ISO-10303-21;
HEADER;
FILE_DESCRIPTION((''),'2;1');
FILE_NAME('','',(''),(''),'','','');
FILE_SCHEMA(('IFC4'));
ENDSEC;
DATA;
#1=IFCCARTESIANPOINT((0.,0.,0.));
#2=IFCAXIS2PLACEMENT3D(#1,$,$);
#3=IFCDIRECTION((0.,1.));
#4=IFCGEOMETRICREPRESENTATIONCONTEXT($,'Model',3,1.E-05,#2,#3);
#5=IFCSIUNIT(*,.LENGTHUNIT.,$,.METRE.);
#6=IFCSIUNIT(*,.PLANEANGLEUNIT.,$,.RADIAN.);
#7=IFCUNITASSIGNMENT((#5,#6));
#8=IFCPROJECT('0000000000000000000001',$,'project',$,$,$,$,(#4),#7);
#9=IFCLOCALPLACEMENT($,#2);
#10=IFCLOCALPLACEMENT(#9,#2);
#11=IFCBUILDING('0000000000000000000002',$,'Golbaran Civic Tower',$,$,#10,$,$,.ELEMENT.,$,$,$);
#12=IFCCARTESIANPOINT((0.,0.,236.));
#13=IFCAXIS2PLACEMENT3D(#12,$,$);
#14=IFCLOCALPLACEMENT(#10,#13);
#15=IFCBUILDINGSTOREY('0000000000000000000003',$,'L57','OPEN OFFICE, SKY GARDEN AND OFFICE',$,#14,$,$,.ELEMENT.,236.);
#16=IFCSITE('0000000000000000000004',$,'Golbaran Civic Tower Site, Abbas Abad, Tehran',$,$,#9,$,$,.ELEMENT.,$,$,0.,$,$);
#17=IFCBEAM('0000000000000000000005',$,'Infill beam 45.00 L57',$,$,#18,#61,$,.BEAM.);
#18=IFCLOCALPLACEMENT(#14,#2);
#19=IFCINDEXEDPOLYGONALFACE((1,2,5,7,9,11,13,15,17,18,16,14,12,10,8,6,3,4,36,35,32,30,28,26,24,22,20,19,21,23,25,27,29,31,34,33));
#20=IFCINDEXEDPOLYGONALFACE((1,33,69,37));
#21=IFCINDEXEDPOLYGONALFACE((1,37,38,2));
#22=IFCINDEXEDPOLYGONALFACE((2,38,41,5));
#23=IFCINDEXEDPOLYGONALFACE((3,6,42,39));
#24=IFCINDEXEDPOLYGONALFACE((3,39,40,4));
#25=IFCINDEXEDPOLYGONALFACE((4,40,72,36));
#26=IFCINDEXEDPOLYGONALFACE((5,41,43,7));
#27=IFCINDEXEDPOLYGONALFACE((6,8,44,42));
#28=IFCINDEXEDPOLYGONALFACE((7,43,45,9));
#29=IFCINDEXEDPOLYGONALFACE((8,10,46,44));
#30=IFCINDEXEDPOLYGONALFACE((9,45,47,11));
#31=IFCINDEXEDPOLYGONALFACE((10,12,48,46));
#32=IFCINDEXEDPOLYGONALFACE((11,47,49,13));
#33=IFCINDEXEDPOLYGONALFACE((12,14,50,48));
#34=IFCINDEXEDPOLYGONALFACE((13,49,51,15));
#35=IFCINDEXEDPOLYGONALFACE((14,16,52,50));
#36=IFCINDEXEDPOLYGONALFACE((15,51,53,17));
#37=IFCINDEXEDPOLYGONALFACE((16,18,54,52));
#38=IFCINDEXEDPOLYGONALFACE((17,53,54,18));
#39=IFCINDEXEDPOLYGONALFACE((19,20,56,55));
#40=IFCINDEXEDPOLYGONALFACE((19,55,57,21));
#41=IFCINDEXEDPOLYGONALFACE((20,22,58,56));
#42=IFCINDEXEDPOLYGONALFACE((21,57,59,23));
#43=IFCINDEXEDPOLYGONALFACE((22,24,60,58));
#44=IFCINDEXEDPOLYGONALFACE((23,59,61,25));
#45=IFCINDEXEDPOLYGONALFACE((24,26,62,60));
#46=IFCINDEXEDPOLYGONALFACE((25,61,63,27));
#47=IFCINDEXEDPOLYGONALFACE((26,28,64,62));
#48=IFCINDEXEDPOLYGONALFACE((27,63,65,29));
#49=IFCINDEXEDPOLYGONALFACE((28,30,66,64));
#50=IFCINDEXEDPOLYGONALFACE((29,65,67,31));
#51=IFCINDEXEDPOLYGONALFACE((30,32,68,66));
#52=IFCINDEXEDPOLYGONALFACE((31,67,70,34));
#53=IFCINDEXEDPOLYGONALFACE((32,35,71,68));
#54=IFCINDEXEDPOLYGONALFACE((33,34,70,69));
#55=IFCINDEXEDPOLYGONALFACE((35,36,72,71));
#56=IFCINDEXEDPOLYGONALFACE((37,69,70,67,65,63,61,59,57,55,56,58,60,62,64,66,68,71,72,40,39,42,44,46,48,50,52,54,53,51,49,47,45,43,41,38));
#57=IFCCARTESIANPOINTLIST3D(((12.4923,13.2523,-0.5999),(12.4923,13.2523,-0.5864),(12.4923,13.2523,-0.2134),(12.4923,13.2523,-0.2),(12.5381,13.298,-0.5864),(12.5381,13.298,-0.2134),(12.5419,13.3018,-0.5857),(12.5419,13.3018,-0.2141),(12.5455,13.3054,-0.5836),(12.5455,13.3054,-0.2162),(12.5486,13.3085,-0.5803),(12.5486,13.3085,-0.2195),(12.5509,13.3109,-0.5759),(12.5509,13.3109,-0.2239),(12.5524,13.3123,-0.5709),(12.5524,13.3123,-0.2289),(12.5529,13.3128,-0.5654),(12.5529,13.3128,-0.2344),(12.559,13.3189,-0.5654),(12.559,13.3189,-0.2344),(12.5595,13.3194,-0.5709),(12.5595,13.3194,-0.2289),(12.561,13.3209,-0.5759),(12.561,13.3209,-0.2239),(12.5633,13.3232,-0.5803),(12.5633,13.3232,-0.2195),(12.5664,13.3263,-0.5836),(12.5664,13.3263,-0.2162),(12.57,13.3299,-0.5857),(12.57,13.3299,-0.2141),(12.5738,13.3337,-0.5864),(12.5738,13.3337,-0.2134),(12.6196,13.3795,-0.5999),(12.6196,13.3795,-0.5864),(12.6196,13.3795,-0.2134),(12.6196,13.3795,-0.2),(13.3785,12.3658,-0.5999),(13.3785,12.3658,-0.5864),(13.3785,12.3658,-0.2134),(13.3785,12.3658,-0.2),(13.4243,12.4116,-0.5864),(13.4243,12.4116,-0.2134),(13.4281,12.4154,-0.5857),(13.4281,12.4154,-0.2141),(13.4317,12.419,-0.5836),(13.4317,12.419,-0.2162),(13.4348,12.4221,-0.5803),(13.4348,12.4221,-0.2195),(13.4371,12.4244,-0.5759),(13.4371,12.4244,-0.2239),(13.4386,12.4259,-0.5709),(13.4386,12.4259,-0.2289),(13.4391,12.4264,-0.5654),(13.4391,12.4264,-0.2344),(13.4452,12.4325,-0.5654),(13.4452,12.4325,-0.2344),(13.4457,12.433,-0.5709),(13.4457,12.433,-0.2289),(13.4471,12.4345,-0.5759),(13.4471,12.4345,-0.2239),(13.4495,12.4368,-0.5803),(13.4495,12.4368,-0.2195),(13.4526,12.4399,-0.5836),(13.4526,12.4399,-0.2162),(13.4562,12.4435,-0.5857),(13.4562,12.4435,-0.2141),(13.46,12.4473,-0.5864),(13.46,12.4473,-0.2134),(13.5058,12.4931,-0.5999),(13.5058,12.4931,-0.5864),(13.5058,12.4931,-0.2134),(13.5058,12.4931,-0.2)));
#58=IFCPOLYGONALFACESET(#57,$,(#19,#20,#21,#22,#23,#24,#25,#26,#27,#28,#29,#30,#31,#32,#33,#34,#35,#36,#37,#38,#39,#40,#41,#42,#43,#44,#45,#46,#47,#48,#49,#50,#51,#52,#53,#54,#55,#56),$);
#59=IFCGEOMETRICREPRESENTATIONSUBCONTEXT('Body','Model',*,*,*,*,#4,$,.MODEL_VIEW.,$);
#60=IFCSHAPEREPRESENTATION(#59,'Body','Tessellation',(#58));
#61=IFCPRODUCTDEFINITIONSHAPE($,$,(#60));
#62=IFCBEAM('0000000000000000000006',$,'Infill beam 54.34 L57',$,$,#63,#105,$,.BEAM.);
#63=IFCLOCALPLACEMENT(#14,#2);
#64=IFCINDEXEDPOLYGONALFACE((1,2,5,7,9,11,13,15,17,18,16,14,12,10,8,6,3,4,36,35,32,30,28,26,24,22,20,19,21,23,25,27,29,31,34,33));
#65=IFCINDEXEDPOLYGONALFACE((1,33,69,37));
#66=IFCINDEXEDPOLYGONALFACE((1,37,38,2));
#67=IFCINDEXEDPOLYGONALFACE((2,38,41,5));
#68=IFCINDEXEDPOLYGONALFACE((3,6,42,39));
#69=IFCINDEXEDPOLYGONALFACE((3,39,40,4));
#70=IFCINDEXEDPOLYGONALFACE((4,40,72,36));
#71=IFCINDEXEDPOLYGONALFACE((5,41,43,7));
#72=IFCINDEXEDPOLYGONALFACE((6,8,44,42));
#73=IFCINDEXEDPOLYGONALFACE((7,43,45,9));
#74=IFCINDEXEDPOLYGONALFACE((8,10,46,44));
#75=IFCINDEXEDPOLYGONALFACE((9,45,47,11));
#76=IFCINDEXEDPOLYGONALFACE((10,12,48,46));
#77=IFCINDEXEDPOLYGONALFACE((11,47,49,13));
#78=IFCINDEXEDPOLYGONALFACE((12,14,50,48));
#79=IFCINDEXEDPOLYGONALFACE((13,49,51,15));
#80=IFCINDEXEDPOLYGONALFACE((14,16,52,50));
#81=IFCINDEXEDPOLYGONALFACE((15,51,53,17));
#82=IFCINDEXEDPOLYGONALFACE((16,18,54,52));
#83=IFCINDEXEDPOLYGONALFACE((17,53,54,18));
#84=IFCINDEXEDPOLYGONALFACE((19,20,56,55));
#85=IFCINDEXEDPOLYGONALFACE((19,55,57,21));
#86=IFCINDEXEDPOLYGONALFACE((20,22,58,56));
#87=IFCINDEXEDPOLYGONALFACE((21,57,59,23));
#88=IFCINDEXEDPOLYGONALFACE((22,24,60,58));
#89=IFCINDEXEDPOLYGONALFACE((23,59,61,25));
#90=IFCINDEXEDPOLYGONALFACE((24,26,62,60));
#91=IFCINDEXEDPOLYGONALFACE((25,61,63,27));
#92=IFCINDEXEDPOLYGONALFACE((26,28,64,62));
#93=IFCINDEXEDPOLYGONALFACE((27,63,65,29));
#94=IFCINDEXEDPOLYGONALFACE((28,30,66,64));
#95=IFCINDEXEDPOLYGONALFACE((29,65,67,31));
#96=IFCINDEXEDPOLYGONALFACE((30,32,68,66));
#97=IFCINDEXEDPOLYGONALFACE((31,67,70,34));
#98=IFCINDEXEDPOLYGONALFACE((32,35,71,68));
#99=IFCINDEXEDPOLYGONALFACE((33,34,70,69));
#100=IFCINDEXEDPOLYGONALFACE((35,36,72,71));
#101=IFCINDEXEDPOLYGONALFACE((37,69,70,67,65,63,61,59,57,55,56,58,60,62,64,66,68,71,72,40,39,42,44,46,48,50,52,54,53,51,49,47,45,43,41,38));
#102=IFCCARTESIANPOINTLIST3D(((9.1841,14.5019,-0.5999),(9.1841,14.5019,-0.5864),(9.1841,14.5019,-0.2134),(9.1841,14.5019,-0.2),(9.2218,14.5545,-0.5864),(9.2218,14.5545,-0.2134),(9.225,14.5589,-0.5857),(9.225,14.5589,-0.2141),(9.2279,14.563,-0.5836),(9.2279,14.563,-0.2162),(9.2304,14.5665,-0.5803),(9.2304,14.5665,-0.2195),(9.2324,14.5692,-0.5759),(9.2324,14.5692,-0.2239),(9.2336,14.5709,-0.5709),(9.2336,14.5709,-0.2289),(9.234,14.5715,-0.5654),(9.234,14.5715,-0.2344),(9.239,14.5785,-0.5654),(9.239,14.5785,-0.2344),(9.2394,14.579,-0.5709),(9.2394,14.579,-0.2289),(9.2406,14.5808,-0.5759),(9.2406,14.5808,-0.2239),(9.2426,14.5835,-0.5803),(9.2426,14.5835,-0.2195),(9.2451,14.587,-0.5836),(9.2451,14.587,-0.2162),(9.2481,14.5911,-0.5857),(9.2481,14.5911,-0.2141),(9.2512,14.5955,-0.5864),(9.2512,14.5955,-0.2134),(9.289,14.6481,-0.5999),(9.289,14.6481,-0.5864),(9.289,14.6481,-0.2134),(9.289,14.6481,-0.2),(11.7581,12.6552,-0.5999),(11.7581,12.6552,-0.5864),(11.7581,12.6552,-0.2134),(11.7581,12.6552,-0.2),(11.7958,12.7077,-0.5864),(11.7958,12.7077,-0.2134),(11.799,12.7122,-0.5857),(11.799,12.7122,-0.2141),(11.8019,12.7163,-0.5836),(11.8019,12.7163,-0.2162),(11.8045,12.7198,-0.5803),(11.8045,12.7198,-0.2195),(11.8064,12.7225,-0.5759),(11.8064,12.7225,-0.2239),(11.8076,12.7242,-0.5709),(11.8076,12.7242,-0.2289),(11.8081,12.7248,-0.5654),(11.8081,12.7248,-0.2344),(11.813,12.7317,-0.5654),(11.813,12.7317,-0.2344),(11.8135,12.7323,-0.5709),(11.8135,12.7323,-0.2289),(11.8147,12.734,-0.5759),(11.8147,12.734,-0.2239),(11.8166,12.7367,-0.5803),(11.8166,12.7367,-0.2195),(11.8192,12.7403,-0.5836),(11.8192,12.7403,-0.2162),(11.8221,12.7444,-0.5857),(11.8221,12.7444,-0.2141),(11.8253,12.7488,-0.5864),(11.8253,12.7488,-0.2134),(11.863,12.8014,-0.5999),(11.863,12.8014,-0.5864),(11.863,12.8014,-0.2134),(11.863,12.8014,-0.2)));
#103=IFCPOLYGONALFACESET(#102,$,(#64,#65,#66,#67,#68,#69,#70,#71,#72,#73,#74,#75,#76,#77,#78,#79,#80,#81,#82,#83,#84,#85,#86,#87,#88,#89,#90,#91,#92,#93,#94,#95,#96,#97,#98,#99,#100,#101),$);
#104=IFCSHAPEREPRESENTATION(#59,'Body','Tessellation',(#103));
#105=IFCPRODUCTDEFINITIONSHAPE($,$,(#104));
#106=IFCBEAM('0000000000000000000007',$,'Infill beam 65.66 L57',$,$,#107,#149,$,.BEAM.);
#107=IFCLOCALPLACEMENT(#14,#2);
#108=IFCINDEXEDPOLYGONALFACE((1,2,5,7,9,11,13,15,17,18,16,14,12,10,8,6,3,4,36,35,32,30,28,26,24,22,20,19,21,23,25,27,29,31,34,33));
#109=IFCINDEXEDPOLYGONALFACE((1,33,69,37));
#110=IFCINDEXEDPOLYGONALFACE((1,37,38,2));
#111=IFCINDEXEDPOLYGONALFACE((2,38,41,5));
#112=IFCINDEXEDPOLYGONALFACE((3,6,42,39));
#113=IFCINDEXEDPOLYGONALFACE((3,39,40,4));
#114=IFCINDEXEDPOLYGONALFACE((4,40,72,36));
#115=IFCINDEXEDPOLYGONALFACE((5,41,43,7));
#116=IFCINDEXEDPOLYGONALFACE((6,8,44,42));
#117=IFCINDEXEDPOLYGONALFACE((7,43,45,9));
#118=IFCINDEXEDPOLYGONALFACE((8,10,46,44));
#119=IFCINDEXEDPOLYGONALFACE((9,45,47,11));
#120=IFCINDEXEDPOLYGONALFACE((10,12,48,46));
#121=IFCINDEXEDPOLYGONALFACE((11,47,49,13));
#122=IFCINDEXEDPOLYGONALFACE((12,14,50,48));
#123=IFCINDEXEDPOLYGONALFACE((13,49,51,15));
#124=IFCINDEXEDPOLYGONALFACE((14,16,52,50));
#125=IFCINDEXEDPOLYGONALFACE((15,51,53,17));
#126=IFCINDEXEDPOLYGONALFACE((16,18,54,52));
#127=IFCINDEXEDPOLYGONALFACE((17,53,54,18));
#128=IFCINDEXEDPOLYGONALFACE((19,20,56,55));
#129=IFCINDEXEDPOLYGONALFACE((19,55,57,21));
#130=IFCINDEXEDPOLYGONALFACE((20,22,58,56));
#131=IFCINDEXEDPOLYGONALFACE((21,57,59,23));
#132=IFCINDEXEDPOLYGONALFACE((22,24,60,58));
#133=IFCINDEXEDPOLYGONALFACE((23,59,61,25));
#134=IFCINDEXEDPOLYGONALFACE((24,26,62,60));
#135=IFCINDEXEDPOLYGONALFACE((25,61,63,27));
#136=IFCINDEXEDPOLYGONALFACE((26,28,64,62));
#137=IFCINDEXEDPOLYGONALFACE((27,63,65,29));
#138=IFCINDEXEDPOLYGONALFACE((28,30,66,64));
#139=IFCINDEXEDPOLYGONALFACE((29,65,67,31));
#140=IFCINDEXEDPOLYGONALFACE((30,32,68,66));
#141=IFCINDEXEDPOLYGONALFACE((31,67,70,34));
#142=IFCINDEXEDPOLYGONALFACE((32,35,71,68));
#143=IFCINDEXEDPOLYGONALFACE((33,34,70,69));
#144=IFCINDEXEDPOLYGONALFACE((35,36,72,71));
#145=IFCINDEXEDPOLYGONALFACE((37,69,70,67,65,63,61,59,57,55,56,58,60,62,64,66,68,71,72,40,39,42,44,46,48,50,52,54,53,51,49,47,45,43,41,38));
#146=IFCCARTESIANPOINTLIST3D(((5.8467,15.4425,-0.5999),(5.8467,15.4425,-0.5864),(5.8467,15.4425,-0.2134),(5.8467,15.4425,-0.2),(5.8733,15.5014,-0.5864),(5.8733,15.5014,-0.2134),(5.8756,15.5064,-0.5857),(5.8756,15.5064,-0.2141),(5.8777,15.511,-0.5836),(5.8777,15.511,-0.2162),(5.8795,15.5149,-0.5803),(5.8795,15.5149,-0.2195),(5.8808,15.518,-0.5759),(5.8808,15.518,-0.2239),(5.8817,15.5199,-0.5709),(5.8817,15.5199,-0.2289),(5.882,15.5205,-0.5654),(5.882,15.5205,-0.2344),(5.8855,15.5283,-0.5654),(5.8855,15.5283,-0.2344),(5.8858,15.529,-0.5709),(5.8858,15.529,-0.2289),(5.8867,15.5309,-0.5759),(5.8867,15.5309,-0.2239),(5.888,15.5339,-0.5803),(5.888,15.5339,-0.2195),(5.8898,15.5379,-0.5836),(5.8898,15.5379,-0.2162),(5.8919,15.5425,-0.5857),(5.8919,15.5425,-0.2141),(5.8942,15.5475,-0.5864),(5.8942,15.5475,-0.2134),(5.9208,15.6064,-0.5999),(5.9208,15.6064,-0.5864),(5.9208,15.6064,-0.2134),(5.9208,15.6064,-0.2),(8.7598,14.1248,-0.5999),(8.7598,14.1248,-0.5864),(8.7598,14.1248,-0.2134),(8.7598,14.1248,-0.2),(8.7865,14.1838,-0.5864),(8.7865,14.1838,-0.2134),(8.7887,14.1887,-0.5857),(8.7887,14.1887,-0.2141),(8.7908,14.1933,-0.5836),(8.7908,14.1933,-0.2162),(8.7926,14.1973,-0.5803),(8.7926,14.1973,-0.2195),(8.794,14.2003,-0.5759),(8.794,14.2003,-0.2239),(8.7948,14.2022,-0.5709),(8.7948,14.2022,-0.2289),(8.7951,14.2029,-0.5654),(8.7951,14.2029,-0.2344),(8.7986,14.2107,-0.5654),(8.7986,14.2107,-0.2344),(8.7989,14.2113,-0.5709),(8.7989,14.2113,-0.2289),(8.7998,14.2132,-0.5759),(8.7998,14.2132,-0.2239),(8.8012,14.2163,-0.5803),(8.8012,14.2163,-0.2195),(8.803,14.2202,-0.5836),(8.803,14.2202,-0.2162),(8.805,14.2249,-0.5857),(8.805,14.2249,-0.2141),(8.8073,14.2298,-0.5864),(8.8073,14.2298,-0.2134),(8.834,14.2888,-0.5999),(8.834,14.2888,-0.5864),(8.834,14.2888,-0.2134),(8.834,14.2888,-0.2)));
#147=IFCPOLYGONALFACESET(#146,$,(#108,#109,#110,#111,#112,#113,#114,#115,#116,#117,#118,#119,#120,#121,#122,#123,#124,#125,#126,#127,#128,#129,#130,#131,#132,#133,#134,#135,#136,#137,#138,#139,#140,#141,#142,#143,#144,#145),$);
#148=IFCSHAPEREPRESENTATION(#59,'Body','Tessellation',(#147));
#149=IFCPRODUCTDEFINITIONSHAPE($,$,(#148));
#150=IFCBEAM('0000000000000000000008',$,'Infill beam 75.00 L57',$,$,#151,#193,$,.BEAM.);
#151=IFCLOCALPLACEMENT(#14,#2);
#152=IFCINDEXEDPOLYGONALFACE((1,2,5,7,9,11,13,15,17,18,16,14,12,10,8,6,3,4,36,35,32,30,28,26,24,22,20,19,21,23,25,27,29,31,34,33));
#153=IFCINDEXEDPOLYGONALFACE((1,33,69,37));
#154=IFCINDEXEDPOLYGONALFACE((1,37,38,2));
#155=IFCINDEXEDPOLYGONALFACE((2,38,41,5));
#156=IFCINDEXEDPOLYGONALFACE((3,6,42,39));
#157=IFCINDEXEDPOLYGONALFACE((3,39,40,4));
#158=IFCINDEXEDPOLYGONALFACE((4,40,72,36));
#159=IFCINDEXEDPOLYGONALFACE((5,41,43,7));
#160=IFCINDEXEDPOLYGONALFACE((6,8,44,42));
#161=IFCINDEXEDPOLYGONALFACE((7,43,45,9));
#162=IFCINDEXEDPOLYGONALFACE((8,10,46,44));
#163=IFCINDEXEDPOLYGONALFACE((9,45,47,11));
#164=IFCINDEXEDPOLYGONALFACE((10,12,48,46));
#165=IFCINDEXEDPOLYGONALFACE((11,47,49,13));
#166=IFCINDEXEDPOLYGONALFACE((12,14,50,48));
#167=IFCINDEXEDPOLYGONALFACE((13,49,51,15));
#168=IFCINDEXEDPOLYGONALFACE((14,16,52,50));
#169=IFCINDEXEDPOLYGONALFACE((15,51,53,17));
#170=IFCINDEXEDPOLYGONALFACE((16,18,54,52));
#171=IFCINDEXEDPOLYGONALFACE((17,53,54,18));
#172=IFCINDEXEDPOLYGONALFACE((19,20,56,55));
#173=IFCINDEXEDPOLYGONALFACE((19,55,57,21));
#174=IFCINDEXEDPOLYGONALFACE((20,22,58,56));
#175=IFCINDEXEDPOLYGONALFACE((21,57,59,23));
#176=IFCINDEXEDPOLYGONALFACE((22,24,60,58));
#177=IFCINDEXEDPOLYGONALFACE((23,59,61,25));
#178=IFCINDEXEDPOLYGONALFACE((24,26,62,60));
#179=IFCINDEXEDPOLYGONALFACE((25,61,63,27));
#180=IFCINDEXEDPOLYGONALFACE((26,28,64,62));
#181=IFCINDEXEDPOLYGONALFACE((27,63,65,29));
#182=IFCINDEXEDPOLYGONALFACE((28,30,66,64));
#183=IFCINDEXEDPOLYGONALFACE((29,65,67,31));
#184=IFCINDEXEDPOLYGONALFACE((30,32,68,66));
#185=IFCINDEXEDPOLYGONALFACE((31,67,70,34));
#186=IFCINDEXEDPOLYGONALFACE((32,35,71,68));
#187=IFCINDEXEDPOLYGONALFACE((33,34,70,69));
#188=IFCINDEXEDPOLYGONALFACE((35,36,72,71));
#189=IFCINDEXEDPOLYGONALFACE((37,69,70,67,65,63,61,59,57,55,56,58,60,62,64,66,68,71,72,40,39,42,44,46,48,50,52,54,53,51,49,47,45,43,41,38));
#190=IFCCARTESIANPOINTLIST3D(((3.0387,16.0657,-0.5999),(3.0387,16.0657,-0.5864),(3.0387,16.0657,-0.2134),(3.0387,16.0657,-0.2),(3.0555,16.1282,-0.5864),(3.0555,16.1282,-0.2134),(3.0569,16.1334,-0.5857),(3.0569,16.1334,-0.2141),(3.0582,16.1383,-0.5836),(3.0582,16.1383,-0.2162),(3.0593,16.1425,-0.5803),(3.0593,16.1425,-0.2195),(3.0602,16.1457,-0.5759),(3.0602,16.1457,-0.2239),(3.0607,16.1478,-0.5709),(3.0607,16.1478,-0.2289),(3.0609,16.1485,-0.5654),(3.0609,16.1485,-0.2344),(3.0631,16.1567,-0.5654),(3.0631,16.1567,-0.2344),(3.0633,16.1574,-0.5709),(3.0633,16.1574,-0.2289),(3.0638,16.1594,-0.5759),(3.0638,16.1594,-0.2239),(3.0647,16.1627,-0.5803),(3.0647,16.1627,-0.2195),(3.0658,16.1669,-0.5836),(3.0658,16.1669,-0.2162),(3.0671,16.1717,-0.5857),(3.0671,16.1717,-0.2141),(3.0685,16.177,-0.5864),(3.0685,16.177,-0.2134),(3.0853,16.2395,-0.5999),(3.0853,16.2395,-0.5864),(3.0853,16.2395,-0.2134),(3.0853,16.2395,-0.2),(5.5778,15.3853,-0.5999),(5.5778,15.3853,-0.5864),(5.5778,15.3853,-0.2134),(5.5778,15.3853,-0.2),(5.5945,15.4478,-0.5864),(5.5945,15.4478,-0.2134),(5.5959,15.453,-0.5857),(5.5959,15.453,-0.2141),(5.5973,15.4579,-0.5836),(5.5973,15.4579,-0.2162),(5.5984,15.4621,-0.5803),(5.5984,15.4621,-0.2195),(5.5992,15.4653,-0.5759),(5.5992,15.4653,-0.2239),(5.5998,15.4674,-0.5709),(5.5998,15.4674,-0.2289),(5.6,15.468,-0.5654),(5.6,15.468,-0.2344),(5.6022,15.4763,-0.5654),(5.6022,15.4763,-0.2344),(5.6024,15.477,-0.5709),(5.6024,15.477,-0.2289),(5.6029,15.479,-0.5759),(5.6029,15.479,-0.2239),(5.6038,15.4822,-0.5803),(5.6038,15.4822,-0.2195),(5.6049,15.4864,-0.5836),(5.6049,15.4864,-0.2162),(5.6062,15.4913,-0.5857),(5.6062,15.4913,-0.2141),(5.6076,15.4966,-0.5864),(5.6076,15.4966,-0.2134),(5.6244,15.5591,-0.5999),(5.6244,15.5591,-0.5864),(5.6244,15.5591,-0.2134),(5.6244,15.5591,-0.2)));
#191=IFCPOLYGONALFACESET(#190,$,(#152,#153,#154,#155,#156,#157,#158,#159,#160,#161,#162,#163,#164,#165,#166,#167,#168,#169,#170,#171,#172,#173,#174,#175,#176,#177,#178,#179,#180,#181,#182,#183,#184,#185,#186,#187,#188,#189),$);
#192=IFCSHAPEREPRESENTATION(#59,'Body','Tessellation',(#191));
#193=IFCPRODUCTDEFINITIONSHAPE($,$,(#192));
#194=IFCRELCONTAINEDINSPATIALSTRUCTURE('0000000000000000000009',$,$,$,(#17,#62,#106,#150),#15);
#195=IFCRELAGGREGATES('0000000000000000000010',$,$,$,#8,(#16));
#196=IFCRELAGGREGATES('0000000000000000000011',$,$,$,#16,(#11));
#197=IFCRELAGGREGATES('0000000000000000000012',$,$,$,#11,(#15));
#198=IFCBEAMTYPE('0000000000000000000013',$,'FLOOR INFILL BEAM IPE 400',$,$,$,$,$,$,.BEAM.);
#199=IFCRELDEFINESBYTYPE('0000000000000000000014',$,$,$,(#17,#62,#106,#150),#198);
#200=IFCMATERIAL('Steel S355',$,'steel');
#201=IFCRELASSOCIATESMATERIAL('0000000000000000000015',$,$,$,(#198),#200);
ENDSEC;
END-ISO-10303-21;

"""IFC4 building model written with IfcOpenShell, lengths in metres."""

from ifc_helpers import new_model, si_unit, direction, frame, origin, origin_2d, place, context, subcontext, project, spatial, i_section, extrude, material, material_profile, profile_set, type_object, element, save


model = new_model("IFC4")

# Units and contexts
model_context = context("Model", 3, precision=1e-05, world=origin(), true_north=direction((0.0, 1.0)))
body_context = subcontext(model_context, "Body", "Model", "MODEL_VIEW")
ifc_project = project(units=[si_unit("LENGTHUNIT", "METRE"), si_unit("PLANEANGLEUNIT", "RADIAN")], contexts=[model_context])

# Site, building, storey
site_placement = place(None, origin())
site = spatial("IfcSite", under=ifc_project, at=site_placement, Name="Golbaran Civic Tower Site, Abbas Abad, Tehran", CompositionType="ELEMENT", RefElevation=0.0)
building_placement = place(site_placement, origin())
building = spatial("IfcBuilding", under=site, at=building_placement, Name="Golbaran Civic Tower", CompositionType="ELEMENT")
storey_placement = place(building_placement, frame((0.0, 0.0, 236.0)))
storey = spatial("IfcBuildingStorey", under=building, at=storey_placement, Name="L57", Description="OPEN OFFICE, SKY GARDEN AND OFFICE", CompositionType="ELEMENT", Elevation=236.0)

# Beams
ifc_material_1 = material(Name="Steel S355", Category="steel")
ifc_material_profile_1 = material_profile(ifc_material_1, i_section(OverallWidth=0.1799, OverallDepth=0.3999, WebThickness=0.0085, FlangeThickness=0.0134, FilletRadius=0.021, at=origin_2d()), Name="IPE 400")
ifc_profile_set_1 = profile_set([ifc_material_profile_1], Name="Steel S355")
beam_type_1 = type_object("IfcBeamType", Name="FLOOR INFILL BEAM IPE 400", PredefinedType="BEAM", material=ifc_profile_set_1)
beam_1_placement = place(storey_placement, frame((13.4421, 12.4294, -0.3999), z_axis=(-0.707009, 0.707204, 0.0), x_axis=(-0.707204, -0.707009, 0.0)))
element("IfcBeam", 1, at=beam_1_placement, inside=storey, type_object=beam_type_1, Name="Infill beam 45.00 L57", PredefinedType="BEAM", context=body_context, shape_type="SweptSolid", body=[
    extrude(i_section(OverallWidth=0.1799, OverallDepth=0.3999, WebThickness=0.0085, FlangeThickness=0.0134, FilletRadius=0.021, at=origin_2d()), origin(), (0.0, 0.0, 1.0), 1.2534),
])
beam_2_placement = place(storey_placement, frame((11.8105, 12.7283, -0.3999), z_axis=(-0.812518, 0.582936, 0.0), x_axis=(-0.582936, -0.812518, 0.0)))
element("IfcBeam", 2, at=beam_2_placement, inside=storey, type_object=beam_type_1, Name="Infill beam 54.34 L57", PredefinedType="BEAM", context=body_context, shape_type="SweptSolid", body=[
    extrude(i_section(OverallWidth=0.1799, OverallDepth=0.3999, WebThickness=0.0085, FlangeThickness=0.0134, FilletRadius=0.021, at=origin_2d()), origin(), (0.0, 0.0, 1.0), 3.168),
])
beam_3_placement = place(storey_placement, frame((8.7969, 14.2068, -0.3999), z_axis=(-0.911131, 0.412117, 0.0), x_axis=(-0.412117, -0.911131, 0.0)))
element("IfcBeam", 3, at=beam_3_placement, inside=storey, type_object=beam_type_1, Name="Infill beam 65.66 L57", PredefinedType="BEAM", context=body_context, shape_type="SweptSolid", body=[
    extrude(i_section(OverallWidth=0.1799, OverallDepth=0.3999, WebThickness=0.0085, FlangeThickness=0.0134, FilletRadius=0.021, at=origin_2d()), origin(), (0.0, 0.0, 1.0), 3.1973),
])
beam_4_placement = place(storey_placement, frame((5.6011, 15.4722, -0.3999), z_axis=(-0.965918, 0.258848, 0.0), x_axis=(-0.258848, -0.965918, 0.0)))
element("IfcBeam", 4, at=beam_4_placement, inside=storey, type_object=beam_type_1, Name="Infill beam 75.00 L57", PredefinedType="BEAM", context=body_context, shape_type="SweptSolid", body=[
    extrude(i_section(OverallWidth=0.1799, OverallDepth=0.3999, WebThickness=0.0085, FlangeThickness=0.0134, FilletRadius=0.021, at=origin_2d()), origin(), (0.0, 0.0, 1.0), 2.6287),
])

save(model, "model.ifc")
